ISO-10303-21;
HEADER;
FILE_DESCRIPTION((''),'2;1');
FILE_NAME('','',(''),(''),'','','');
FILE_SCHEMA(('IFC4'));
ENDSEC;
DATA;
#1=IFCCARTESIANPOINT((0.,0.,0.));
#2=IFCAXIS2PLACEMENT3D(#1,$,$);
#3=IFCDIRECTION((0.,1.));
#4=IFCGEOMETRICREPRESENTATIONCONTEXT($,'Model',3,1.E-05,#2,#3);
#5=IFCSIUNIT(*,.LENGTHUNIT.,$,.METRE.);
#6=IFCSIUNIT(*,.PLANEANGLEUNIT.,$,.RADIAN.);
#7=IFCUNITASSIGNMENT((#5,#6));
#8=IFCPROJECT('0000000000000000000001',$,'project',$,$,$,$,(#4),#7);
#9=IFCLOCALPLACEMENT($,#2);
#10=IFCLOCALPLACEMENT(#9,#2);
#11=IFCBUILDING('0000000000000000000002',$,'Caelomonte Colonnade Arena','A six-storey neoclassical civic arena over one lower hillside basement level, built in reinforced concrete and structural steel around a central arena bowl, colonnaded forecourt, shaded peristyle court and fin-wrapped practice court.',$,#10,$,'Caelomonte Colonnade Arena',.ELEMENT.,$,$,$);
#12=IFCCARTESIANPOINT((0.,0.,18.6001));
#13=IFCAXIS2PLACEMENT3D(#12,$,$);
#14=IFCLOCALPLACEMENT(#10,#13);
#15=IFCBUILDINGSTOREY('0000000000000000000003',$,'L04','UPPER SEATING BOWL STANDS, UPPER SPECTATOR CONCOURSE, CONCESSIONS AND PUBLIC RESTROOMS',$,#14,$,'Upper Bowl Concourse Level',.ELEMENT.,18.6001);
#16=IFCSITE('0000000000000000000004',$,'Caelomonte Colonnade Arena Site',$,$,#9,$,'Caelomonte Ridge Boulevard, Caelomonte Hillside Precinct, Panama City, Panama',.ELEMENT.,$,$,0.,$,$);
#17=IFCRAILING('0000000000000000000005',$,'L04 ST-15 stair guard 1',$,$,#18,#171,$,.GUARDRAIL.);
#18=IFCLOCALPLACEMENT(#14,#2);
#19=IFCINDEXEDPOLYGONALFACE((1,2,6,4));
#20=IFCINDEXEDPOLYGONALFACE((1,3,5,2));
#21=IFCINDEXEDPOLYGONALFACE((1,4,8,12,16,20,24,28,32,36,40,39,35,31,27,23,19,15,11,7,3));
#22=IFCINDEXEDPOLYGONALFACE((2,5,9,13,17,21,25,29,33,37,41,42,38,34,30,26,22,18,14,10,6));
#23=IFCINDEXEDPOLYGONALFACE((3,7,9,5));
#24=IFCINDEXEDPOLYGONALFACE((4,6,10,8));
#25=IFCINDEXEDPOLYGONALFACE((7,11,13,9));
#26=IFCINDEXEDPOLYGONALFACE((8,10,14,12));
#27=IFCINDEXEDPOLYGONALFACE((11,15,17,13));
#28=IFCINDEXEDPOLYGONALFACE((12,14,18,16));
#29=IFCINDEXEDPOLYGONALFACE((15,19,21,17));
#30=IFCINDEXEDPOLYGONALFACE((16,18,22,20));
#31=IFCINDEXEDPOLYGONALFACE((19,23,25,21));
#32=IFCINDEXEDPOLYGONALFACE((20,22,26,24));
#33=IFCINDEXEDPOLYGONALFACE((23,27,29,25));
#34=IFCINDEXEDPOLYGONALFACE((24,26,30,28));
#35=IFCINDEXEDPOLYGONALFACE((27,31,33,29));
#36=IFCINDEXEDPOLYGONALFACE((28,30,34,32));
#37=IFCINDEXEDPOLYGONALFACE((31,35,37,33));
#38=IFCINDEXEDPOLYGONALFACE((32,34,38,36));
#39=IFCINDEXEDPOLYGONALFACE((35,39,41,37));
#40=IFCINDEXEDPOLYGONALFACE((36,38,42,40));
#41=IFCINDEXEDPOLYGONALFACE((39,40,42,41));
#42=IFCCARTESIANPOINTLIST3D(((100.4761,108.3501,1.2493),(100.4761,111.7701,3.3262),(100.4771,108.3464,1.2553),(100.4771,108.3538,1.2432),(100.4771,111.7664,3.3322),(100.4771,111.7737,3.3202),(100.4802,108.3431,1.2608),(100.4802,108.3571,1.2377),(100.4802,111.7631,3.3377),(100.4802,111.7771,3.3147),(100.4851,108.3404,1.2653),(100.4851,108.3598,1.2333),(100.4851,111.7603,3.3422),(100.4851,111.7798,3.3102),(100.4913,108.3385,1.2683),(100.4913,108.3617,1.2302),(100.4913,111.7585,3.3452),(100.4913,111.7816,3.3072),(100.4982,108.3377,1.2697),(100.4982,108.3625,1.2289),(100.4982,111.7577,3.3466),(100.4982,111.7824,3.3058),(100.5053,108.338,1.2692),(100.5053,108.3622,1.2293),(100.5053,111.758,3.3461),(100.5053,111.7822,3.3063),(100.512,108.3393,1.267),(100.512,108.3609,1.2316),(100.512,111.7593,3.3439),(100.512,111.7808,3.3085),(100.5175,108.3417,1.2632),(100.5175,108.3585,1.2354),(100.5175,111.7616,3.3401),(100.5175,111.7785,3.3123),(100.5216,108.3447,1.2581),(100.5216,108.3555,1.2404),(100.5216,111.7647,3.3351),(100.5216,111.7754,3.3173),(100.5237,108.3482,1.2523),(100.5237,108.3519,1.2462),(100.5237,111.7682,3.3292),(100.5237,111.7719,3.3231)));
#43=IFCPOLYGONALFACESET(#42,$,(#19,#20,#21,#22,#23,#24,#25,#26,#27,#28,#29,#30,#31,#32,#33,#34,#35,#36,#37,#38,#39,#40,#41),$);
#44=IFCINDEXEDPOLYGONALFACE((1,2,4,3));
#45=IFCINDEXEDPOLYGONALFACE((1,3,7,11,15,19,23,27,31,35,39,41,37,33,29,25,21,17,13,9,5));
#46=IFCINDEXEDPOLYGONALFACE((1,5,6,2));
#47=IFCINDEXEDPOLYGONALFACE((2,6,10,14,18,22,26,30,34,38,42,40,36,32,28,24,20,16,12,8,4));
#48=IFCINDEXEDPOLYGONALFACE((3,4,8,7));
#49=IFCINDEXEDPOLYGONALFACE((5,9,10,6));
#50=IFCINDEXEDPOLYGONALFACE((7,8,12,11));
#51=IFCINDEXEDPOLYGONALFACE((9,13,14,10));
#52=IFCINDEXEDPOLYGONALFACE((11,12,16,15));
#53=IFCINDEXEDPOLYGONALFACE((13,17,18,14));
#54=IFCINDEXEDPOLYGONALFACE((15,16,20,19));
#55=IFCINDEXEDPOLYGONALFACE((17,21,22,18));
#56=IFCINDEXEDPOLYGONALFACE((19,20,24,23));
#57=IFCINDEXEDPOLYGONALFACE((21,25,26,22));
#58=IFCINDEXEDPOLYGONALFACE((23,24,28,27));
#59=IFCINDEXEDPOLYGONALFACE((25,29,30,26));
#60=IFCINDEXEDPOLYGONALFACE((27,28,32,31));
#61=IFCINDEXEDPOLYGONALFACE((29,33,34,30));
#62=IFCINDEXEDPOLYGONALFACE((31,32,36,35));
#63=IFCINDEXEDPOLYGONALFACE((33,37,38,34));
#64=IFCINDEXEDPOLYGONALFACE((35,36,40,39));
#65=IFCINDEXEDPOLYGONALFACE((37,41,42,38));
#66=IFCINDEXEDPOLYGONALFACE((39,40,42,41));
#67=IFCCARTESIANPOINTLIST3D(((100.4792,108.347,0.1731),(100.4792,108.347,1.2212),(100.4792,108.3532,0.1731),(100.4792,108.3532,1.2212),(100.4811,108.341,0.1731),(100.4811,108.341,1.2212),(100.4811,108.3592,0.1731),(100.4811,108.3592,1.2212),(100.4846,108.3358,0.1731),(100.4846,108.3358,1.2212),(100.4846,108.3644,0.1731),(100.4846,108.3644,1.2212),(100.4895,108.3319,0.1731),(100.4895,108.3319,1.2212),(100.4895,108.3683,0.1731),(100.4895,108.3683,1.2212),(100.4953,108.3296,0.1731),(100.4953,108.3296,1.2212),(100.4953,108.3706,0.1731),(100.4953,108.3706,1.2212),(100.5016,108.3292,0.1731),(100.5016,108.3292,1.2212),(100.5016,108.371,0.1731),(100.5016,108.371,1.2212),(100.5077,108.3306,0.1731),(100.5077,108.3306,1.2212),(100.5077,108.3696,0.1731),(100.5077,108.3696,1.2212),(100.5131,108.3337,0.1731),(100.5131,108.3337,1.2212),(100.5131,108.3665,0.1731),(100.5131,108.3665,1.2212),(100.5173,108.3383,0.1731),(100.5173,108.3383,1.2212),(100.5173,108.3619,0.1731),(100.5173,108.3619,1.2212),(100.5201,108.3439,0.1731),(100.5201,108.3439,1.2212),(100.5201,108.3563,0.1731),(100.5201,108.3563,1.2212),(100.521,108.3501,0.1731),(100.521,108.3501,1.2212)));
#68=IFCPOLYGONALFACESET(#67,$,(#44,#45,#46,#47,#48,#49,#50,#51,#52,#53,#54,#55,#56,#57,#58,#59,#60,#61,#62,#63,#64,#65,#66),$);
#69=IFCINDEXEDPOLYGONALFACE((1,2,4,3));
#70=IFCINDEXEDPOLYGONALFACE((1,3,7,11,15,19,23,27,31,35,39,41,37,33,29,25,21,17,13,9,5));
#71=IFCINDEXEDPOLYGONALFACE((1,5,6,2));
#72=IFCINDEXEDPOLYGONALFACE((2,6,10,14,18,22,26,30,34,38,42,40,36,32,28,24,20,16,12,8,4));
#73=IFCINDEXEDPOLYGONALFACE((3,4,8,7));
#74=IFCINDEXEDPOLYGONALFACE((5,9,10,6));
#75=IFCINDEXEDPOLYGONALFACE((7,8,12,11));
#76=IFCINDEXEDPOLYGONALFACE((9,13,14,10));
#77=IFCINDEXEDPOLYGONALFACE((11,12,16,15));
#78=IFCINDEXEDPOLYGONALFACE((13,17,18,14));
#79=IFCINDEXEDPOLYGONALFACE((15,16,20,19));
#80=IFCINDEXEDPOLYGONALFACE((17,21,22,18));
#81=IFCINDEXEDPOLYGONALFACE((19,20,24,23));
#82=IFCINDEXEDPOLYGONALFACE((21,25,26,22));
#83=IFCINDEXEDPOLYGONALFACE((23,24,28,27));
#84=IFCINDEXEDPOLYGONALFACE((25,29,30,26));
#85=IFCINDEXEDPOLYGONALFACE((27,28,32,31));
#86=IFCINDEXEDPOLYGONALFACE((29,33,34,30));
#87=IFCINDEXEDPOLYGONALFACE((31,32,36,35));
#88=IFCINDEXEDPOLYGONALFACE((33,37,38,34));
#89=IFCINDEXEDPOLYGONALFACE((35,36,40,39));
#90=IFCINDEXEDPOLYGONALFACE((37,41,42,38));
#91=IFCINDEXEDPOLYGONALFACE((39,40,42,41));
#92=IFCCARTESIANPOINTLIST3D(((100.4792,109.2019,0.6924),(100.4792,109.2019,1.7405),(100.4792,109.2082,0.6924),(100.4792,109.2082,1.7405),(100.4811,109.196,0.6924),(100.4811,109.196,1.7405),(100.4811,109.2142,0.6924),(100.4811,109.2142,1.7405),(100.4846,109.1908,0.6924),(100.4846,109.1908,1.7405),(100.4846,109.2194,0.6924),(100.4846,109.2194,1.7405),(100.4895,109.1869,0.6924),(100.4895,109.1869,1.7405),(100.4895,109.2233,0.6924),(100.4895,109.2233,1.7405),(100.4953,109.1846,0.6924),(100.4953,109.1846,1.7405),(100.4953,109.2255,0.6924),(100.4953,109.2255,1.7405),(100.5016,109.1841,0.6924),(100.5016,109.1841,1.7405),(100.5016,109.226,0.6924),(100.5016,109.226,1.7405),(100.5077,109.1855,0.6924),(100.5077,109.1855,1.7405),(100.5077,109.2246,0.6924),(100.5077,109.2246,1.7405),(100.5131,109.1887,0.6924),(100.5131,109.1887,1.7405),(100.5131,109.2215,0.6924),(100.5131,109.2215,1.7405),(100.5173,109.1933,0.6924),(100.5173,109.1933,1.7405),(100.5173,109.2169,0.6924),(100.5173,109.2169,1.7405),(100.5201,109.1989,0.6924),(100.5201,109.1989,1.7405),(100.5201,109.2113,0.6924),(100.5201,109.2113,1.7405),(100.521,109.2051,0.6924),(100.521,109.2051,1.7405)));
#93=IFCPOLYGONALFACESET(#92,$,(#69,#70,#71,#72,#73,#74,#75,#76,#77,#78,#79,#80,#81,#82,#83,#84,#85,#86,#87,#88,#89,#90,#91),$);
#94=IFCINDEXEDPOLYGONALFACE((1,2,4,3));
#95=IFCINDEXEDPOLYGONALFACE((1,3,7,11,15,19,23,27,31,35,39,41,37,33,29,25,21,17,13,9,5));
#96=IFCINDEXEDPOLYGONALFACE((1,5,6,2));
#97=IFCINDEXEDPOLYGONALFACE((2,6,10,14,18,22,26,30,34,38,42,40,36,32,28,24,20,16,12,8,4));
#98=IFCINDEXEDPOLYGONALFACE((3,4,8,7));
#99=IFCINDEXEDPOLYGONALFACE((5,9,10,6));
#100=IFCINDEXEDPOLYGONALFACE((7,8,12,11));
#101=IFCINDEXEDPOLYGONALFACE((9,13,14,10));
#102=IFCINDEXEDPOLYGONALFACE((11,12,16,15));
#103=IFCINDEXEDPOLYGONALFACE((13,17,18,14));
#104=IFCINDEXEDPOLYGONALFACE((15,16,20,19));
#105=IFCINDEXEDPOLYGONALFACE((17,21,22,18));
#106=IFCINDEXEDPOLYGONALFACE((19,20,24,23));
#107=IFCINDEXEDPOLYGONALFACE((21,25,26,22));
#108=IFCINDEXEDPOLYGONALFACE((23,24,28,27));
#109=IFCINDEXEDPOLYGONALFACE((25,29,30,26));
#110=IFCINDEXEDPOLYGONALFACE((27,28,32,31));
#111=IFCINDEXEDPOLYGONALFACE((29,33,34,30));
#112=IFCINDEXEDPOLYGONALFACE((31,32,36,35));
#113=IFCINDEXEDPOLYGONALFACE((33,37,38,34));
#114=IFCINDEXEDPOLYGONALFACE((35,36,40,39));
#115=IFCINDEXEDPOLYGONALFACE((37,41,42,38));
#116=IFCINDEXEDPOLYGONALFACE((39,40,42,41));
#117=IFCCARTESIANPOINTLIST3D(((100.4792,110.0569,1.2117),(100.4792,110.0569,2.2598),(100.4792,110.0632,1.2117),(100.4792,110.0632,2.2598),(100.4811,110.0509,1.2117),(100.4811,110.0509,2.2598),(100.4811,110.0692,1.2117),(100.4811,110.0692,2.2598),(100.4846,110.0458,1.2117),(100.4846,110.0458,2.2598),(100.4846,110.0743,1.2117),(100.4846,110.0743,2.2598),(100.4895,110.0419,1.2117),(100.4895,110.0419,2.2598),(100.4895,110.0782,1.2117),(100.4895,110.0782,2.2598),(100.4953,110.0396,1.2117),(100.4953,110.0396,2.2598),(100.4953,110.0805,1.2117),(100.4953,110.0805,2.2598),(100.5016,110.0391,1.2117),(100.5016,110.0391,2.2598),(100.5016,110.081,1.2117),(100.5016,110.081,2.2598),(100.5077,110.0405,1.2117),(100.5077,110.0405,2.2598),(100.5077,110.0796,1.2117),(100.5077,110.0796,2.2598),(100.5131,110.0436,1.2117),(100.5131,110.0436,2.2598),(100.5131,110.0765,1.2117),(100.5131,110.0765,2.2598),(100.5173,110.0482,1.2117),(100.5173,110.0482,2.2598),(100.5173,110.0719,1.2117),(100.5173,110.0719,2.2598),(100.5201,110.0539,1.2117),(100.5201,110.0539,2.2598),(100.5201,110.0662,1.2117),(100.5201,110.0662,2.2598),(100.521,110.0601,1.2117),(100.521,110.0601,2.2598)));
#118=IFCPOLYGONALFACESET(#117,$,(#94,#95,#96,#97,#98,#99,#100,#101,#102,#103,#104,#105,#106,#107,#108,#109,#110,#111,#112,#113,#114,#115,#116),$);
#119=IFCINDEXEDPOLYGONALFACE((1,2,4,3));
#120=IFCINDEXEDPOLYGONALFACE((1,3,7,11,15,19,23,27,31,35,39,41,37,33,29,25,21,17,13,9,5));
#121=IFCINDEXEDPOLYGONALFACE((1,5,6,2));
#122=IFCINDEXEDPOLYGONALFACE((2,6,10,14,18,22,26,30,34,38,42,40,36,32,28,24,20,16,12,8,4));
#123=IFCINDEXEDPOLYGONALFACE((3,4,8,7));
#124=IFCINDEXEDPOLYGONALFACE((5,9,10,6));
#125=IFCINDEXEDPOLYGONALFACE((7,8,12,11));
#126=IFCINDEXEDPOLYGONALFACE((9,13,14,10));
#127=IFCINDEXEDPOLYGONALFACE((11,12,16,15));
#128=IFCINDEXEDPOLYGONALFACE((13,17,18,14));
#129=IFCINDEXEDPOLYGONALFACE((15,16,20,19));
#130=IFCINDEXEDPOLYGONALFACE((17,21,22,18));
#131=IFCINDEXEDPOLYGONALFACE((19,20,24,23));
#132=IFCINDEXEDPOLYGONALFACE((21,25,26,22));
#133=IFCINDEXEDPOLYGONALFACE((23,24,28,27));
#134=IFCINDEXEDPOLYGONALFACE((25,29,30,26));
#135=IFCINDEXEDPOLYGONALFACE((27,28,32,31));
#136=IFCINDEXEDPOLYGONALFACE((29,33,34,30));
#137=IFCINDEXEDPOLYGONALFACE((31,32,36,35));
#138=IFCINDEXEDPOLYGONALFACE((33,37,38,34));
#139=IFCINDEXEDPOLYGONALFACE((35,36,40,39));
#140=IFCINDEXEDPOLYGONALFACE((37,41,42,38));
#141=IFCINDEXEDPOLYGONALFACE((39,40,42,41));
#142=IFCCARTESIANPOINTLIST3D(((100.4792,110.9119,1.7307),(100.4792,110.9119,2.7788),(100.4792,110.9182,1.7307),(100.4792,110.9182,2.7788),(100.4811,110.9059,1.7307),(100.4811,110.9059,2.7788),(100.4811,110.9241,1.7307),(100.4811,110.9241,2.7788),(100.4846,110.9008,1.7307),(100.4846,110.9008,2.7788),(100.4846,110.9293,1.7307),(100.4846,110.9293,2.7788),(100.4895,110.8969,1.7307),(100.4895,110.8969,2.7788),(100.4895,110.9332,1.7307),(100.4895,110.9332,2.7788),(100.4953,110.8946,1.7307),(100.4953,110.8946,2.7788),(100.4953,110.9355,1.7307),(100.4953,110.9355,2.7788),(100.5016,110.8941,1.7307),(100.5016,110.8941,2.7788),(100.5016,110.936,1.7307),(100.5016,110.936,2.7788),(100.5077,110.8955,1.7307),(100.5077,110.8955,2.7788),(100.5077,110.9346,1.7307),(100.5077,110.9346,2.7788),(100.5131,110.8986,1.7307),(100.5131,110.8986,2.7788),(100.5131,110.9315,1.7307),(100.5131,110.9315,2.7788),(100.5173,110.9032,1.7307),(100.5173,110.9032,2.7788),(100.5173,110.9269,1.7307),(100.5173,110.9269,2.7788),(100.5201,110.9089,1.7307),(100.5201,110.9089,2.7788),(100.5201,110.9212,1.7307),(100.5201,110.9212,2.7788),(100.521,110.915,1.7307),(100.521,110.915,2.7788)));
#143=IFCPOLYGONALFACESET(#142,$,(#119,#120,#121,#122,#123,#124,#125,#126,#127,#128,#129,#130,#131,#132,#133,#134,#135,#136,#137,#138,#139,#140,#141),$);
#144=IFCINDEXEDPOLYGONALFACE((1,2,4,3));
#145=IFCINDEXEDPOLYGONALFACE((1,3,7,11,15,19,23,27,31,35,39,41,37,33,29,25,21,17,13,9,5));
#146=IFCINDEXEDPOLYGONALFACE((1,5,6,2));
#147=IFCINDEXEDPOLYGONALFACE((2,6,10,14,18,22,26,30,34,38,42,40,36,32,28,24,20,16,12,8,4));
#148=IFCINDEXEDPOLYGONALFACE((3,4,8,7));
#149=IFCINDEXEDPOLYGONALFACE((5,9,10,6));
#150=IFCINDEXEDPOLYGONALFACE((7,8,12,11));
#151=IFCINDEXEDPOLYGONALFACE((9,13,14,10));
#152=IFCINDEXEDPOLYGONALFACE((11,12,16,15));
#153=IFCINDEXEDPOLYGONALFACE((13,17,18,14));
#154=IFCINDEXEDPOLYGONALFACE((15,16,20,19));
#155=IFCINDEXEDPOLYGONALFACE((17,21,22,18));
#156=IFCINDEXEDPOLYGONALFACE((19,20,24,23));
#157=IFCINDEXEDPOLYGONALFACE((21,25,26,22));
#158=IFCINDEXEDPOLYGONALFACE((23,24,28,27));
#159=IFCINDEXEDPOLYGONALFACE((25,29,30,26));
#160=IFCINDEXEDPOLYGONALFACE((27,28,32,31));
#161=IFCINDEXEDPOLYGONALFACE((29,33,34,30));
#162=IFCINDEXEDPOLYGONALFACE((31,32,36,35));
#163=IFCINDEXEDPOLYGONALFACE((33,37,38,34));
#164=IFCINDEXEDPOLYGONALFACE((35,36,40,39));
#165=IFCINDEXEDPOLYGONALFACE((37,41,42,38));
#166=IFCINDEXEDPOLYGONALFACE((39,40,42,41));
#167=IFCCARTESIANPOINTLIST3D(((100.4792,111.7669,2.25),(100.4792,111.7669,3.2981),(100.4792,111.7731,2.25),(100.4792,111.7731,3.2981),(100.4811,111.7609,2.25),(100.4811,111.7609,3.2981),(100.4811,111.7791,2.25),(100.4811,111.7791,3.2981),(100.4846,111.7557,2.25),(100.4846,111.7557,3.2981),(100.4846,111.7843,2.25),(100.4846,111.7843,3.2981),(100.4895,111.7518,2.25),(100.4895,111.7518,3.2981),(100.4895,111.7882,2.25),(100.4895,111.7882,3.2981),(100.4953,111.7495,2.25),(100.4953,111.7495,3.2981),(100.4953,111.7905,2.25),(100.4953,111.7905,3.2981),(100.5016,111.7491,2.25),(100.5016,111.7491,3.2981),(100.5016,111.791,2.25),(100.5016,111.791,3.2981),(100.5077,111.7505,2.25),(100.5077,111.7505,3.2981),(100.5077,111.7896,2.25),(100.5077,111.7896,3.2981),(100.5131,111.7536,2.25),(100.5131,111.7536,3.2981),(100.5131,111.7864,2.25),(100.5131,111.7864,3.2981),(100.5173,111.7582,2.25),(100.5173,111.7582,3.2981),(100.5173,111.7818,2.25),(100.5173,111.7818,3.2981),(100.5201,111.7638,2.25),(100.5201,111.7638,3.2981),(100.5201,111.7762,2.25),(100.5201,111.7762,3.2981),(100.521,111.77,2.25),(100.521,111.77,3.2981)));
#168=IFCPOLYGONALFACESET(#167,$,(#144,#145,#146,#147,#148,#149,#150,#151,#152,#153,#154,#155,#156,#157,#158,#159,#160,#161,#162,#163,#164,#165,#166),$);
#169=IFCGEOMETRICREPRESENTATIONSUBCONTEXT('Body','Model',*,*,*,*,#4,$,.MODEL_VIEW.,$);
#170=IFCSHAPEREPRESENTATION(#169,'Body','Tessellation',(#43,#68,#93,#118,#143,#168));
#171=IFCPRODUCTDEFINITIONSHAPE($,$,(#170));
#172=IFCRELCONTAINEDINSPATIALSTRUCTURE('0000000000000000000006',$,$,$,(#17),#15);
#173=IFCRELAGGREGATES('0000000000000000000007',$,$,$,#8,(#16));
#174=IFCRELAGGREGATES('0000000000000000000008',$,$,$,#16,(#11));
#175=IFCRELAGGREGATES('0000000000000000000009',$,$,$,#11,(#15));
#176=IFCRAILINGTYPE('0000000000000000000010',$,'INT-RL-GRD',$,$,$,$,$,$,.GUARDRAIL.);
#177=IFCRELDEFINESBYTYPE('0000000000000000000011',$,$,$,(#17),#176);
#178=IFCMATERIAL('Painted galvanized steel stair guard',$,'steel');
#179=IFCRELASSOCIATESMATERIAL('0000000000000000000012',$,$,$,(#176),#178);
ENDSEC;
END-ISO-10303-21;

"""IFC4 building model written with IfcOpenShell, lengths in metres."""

from ifc_helpers import new_model, si_unit, direction, frame, origin, origin_2d, place, context, subcontext, project, spatial, circle, extrude, material, type_object, element, save


model = new_model("IFC4")

# Units and contexts
model_context = context("Model", 3, precision=1e-05, world=origin(), true_north=direction((0.0, 1.0)))
body_context = subcontext(model_context, "Body", "Model", "MODEL_VIEW")
ifc_project = project(units=[si_unit("LENGTHUNIT", "METRE"), si_unit("PLANEANGLEUNIT", "RADIAN")], contexts=[model_context])

# Site, building, storey
site_placement = place(None, origin())
site = spatial("IfcSite", under=ifc_project, at=site_placement, Name="Caelomonte Colonnade Arena Site", LongName="Caelomonte Ridge Boulevard, Caelomonte Hillside Precinct, Panama City, Panama", CompositionType="ELEMENT", RefElevation=0.0)
building_placement = place(site_placement, origin())
building = spatial("IfcBuilding", under=site, at=building_placement, Name="Caelomonte Colonnade Arena", Description="A six-storey neoclassical civic arena over one lower hillside basement level, built in reinforced concrete and structural steel around a central arena bowl, colonnaded forecourt, shaded peristyle court and fin-wrapped practice court.", LongName="Caelomonte Colonnade Arena", CompositionType="ELEMENT")
storey_placement = place(building_placement, frame((0.0, 0.0, 18.6001)))
storey = spatial("IfcBuildingStorey", under=building, at=storey_placement, Name="L04", Description="UPPER SEATING BOWL STANDS, UPPER SPECTATOR CONCOURSE, CONCESSIONS AND PUBLIC RESTROOMS", LongName="Upper Bowl Concourse Level", CompositionType="ELEMENT", Elevation=18.6001)

# Railing
ifc_material_1 = material(Name="Painted galvanized steel stair guard", Category="steel")
railing_type_1 = type_object("IfcRailingType", Name="INT-RL-GRD", PredefinedType="GUARDRAIL", material=ifc_material_1)
railing_1_placement = place(storey_placement, frame((100.5, 108.3501, 0.1731)))
element("IfcRailing", 1, at=railing_1_placement, inside=storey, type_object=railing_type_1, Name="L04 ST-15 stair guard 1", PredefinedType="GUARDRAIL", context=body_context, shape_type="SweptSolid", body=[
    extrude(circle(Radius=0.0239, at=origin_2d()), frame((0.0, 0.0, 1.0762), z_axis=(0.0, 0.85473, 0.519074), x_axis=(-1.0, 0.0, 0.0)), (0.0, 0.0, 1.0), 4.0012),
    extrude(circle(Radius=0.021, at=origin_2d()), origin(), (0.0, 0.0, 1.0), 1.0481),
    extrude(circle(Radius=0.021, at=origin_2d()), frame((0.0, 0.855, 0.5193)), (0.0, 0.0, 1.0), 1.0481),
    extrude(circle(Radius=0.021, at=origin_2d()), frame((0.0, 1.71, 1.0386)), (0.0, 0.0, 1.0), 1.0481),
    extrude(circle(Radius=0.021, at=origin_2d()), frame((0.0, 2.5649, 1.5576)), (0.0, 0.0, 1.0), 1.0481),
    extrude(circle(Radius=0.021, at=origin_2d()), frame((0.0, 3.4199, 2.0769)), (0.0, 0.0, 1.0), 1.0481),
])

save(model, "model.ifc")
